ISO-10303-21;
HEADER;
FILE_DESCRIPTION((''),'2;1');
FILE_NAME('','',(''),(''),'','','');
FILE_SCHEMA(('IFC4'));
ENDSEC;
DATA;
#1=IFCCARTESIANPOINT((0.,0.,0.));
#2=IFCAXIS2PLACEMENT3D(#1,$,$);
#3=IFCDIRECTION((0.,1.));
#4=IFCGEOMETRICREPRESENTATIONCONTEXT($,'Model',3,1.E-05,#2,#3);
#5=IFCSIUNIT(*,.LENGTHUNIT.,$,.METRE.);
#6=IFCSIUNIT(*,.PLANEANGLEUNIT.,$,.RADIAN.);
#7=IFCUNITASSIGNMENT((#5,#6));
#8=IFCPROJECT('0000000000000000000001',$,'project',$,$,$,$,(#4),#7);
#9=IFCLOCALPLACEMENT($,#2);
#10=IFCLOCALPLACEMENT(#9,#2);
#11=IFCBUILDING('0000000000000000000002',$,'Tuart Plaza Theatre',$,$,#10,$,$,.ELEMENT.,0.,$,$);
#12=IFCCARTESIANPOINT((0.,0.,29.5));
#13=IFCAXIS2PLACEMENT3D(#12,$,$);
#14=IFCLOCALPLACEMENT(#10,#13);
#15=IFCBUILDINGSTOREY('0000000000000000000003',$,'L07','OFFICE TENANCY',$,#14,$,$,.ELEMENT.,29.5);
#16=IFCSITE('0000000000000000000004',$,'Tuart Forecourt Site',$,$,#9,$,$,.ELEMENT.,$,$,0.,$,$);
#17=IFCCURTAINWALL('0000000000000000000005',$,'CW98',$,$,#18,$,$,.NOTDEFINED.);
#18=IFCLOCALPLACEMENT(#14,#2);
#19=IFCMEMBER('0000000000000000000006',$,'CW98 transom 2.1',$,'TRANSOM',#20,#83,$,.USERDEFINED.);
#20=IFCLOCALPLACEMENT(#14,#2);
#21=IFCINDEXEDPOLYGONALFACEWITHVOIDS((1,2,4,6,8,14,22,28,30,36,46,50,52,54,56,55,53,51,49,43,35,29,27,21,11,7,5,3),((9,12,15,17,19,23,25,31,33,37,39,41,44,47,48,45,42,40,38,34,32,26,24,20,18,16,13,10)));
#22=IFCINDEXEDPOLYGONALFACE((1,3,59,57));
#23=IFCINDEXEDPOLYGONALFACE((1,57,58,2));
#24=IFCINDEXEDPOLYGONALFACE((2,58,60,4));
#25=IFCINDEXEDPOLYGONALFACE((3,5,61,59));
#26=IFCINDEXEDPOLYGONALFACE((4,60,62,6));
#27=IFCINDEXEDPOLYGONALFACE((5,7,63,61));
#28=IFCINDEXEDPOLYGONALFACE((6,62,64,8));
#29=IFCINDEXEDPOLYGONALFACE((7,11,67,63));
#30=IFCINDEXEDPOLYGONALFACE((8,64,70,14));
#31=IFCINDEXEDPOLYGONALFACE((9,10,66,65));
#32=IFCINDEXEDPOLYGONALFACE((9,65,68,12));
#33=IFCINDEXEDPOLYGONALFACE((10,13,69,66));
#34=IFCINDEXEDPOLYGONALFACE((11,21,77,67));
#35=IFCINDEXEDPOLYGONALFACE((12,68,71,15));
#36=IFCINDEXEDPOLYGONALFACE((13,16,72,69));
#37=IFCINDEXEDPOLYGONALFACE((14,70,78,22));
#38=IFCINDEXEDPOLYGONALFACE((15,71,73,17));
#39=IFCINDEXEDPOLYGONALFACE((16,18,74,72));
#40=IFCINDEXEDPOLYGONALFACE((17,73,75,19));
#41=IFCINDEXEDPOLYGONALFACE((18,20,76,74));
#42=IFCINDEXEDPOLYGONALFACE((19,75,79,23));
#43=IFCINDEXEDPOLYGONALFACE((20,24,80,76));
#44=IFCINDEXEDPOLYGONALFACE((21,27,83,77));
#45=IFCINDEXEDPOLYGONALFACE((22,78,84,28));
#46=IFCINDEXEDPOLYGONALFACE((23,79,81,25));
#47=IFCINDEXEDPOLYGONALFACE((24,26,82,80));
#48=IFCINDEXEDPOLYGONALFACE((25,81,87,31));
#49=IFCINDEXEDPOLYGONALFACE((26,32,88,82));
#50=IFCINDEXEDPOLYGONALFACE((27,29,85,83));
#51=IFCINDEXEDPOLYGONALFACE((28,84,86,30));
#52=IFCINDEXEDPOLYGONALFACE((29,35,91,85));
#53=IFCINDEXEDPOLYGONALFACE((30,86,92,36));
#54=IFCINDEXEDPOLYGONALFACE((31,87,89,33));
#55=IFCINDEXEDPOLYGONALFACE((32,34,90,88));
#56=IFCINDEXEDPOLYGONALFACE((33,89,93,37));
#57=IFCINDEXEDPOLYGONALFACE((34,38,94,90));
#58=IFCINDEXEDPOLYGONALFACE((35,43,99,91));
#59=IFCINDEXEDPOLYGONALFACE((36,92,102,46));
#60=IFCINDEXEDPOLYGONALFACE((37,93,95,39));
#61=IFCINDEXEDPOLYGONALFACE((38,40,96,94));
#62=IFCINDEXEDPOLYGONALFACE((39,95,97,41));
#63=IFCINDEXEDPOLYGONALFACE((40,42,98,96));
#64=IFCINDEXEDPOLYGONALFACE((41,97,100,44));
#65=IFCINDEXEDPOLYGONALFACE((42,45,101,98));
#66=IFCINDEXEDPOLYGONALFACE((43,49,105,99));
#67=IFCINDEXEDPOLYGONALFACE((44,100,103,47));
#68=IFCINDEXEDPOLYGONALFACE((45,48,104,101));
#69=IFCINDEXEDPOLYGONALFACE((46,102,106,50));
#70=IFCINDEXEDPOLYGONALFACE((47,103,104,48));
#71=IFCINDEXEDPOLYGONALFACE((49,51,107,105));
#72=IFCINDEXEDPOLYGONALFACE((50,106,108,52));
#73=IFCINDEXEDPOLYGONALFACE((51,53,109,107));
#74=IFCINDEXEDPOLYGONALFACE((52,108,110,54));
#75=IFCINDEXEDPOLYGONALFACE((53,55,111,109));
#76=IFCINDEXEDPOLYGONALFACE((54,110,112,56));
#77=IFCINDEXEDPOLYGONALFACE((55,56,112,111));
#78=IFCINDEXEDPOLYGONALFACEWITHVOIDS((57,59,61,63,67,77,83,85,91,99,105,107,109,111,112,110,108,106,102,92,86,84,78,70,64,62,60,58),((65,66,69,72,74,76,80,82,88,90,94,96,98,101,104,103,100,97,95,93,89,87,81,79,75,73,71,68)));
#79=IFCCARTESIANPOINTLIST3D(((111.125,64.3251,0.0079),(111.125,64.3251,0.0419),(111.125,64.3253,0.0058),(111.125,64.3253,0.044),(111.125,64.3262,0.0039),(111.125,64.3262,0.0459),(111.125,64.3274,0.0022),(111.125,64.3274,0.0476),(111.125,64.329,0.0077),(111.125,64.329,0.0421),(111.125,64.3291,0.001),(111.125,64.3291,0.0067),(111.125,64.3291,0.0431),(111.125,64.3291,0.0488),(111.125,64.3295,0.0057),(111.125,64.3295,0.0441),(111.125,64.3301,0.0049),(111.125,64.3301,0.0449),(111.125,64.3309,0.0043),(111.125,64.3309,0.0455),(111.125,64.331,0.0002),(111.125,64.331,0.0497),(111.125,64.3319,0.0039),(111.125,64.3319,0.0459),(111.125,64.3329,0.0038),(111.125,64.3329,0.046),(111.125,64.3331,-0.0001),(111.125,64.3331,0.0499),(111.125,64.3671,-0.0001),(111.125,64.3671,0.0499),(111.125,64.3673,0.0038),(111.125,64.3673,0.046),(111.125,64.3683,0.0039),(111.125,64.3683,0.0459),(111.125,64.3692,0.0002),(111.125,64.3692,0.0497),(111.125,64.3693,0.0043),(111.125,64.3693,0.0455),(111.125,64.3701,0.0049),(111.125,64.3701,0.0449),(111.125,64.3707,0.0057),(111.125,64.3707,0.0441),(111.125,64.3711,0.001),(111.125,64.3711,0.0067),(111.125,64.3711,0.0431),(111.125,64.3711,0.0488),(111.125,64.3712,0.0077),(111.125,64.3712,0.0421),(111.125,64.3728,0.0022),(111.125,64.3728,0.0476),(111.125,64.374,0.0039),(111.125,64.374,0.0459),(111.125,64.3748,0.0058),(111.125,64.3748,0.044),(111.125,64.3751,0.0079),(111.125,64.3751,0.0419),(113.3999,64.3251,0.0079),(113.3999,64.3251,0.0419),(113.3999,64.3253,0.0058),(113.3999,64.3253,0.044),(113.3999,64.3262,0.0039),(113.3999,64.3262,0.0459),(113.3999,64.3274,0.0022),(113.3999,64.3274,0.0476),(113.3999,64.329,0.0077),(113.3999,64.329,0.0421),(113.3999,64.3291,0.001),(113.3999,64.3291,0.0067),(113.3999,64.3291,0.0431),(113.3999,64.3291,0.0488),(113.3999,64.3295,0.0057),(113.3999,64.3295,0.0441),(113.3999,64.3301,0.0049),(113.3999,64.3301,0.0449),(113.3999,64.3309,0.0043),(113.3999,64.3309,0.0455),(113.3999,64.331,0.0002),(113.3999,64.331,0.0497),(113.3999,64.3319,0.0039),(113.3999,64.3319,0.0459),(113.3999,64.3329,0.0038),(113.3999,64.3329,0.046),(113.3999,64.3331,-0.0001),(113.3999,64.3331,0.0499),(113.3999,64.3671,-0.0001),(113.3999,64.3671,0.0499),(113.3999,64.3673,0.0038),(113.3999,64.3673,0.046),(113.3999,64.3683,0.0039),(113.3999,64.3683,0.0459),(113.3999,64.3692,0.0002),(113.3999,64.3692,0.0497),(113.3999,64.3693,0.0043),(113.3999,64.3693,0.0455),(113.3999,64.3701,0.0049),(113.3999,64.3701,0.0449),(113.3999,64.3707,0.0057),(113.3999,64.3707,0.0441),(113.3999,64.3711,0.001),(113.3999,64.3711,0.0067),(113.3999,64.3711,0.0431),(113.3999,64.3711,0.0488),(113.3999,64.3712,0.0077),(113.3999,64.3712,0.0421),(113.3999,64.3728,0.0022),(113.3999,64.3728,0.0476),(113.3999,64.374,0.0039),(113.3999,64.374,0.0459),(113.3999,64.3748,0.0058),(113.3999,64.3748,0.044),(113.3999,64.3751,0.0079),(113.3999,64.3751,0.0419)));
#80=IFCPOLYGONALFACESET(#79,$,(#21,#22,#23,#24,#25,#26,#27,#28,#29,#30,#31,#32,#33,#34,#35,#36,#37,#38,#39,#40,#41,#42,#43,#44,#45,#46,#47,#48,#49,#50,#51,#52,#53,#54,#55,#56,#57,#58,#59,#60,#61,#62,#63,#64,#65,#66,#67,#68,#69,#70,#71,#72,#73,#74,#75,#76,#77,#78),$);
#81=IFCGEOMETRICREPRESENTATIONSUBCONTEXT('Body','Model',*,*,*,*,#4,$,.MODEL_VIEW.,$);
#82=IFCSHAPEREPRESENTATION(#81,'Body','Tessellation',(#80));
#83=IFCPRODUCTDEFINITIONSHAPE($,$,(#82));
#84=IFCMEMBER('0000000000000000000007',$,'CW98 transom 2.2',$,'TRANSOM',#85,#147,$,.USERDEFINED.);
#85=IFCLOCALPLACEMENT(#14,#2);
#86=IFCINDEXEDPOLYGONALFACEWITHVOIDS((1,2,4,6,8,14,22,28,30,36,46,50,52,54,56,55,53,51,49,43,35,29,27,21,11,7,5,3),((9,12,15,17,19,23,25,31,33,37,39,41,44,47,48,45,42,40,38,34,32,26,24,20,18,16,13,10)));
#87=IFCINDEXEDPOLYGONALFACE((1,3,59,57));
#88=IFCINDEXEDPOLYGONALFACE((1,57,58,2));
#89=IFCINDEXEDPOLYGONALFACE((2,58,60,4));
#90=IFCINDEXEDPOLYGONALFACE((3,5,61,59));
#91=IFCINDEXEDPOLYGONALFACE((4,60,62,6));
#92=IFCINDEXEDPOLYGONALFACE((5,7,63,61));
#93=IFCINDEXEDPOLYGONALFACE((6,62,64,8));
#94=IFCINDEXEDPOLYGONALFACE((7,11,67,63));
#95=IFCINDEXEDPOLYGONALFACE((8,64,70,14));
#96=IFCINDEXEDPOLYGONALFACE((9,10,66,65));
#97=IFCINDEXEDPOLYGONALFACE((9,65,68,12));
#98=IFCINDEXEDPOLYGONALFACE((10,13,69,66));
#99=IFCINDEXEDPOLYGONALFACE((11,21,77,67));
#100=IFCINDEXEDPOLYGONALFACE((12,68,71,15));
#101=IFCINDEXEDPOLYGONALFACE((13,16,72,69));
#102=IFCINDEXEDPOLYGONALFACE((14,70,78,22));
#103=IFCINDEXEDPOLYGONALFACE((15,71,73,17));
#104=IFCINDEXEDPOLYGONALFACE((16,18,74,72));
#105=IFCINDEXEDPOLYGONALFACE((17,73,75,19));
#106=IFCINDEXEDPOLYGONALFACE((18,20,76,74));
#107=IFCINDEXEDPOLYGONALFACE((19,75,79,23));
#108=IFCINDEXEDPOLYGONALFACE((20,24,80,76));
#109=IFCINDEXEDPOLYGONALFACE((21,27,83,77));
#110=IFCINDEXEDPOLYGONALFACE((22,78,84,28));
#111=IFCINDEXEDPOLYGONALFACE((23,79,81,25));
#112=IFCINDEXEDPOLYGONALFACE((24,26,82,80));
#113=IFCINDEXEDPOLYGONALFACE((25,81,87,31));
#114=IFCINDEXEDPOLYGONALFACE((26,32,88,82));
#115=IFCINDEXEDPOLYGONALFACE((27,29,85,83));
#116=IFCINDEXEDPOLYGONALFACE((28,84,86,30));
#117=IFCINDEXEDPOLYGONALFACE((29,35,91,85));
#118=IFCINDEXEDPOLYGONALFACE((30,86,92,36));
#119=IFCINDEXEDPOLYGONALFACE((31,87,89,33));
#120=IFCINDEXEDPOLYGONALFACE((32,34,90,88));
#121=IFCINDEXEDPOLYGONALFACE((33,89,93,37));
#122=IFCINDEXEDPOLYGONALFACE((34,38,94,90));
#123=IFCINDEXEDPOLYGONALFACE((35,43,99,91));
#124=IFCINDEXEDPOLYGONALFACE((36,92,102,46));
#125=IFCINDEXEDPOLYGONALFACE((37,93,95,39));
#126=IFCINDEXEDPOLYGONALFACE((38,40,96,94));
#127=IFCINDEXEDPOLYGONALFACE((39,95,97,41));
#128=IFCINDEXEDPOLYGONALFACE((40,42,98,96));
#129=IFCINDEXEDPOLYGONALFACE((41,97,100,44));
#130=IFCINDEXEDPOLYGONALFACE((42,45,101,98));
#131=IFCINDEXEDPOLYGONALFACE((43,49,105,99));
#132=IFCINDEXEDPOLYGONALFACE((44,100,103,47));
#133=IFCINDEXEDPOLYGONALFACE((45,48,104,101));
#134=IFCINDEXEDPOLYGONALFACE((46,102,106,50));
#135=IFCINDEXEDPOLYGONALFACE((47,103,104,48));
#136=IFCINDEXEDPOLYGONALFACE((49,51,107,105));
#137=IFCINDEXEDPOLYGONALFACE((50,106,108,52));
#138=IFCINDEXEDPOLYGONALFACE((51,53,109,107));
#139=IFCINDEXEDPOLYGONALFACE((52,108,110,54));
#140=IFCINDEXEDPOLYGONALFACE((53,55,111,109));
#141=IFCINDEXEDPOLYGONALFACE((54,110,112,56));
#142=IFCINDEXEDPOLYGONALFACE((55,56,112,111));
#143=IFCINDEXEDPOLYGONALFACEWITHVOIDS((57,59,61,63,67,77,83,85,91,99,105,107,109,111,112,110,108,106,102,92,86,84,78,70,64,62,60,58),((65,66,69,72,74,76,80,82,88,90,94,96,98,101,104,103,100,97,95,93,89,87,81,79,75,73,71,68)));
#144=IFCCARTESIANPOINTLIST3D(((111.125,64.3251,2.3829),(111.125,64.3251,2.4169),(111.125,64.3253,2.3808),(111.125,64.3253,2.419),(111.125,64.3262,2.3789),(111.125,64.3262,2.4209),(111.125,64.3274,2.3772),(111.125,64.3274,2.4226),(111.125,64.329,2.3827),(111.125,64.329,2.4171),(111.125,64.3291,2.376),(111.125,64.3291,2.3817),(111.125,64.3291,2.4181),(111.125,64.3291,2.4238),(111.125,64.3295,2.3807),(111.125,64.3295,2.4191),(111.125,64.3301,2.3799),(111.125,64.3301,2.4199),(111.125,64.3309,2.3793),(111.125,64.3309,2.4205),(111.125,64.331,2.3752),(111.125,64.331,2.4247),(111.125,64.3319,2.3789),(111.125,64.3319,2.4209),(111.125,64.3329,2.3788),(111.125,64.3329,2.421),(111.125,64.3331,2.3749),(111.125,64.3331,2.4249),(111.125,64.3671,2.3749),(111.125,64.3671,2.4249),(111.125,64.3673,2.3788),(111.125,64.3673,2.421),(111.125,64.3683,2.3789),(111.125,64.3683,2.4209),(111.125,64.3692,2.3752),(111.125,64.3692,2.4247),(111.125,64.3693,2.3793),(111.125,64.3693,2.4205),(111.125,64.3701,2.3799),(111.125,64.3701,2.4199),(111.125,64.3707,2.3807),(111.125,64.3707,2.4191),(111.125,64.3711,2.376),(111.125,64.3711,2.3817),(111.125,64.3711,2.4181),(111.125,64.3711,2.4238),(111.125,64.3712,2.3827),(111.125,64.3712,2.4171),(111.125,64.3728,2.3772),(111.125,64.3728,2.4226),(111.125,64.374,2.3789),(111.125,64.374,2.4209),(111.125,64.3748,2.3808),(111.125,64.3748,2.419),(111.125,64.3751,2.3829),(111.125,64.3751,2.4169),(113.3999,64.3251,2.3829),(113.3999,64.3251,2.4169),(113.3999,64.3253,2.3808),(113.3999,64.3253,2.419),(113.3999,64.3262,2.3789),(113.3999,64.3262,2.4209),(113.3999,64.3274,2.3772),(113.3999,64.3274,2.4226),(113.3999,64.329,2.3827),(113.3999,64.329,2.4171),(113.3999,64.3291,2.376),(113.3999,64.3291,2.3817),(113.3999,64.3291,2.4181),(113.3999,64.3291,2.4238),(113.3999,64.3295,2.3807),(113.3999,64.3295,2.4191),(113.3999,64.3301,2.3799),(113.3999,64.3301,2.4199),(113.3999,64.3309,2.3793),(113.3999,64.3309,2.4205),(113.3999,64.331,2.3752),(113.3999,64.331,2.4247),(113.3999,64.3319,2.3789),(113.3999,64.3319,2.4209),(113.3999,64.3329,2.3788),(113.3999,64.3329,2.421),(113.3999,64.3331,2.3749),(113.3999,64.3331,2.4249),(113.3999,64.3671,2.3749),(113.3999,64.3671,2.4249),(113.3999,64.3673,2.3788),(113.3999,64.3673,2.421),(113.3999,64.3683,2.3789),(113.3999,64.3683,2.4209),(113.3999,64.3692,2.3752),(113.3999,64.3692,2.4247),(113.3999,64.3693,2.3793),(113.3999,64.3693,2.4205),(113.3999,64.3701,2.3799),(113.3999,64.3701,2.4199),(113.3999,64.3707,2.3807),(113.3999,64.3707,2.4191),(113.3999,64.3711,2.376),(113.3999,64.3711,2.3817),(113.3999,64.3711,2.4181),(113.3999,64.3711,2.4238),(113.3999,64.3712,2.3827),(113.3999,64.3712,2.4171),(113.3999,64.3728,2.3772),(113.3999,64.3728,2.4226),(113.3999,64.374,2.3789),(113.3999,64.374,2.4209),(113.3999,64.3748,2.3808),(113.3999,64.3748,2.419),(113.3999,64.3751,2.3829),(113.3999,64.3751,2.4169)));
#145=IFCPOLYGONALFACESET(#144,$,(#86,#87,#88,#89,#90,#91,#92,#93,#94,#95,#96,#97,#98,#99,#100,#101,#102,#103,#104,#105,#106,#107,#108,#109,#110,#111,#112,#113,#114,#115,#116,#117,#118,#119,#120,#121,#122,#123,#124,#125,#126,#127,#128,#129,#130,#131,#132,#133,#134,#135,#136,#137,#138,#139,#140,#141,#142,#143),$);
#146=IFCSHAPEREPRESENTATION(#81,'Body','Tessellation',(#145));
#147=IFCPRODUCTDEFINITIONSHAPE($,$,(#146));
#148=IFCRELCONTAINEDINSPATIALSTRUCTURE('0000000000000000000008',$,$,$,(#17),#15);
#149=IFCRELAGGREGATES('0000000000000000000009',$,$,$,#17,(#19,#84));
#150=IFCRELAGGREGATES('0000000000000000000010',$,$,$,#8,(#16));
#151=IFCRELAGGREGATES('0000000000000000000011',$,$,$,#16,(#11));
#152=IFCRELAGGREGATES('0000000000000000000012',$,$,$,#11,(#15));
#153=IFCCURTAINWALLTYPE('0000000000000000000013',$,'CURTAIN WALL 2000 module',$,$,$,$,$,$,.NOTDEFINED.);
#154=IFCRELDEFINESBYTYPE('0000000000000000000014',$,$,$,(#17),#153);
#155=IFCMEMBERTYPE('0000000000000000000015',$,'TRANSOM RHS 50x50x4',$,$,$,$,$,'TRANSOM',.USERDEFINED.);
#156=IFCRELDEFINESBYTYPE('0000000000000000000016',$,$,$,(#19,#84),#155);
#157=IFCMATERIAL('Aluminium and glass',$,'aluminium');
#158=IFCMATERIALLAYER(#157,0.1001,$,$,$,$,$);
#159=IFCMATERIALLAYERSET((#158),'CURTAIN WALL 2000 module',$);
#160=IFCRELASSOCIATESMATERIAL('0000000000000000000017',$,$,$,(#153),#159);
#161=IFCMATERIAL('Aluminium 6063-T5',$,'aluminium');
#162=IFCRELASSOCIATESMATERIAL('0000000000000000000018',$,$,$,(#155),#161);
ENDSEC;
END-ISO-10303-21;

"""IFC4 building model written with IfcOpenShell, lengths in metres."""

from ifc_helpers import new_model, si_unit, direction, frame, origin, origin_2d, place, context, subcontext, project, spatial, hollow_rectangle, extrude, material, layer, layer_set, material_profile, profile_set, type_object, element, aggregate, save


model = new_model("IFC4")

# Units and contexts
model_context = context("Model", 3, precision=1e-05, world=origin(), true_north=direction((0.0, 1.0)))
body_context = subcontext(model_context, "Body", "Model", "MODEL_VIEW")
ifc_project = project(units=[si_unit("LENGTHUNIT", "METRE"), si_unit("PLANEANGLEUNIT", "RADIAN")], contexts=[model_context])

# Site, building, storey
site_placement = place(None, origin())
site = spatial("IfcSite", under=ifc_project, at=site_placement, Name="Tuart Forecourt Site", CompositionType="ELEMENT", RefElevation=0.0)
building_placement = place(site_placement, origin())
building = spatial("IfcBuilding", under=site, at=building_placement, Name="Tuart Plaza Theatre", CompositionType="ELEMENT", ElevationOfRefHeight=0.0)
storey_placement = place(building_placement, frame((0.0, 0.0, 29.5)))
storey = spatial("IfcBuildingStorey", under=building, at=storey_placement, Name="L07", Description="OFFICE TENANCY", CompositionType="ELEMENT", Elevation=29.5)

# Curtain wall
ifc_material_1 = material(Name="Aluminium and glass", Category="aluminium")
ifc_layer_1 = layer(ifc_material_1, 0.1001)
ifc_layer_set_1 = layer_set([ifc_layer_1], Name="CURTAIN WALL 2000 module")
curtain_wall_type = type_object("IfcCurtainWallType", Name="CURTAIN WALL 2000 module", PredefinedType="NOTDEFINED", material=ifc_layer_set_1)
curtain_wall_1_placement = place(storey_placement, origin())
curtain_wall_1 = element("IfcCurtainWall", 1, at=curtain_wall_1_placement, inside=storey, type_object=curtain_wall_type, Name="CW98", PredefinedType="NOTDEFINED")

# Members
ifc_material_2 = material(Name="Aluminium 6063-T5", Category="aluminium")
ifc_material_profile_1 = material_profile(ifc_material_2, hollow_rectangle(XDim=0.05, YDim=0.05, WallThickness=0.0039, InnerFilletRadius=0.0039, OuterFilletRadius=0.0081, at=origin_2d()), Name="RHS 50x50x4")
ifc_profile_set_1 = profile_set([ifc_material_profile_1], Name="Aluminium 6063-T5")
member_type_1 = type_object("IfcMemberType", Name="TRANSOM RHS 50x50x4", ElementType="TRANSOM", PredefinedType="USERDEFINED", material=ifc_profile_set_1)
member_1_placement = place(storey_placement, frame((111.125, 64.3501, 0.0249), z_axis=(1.0, 0.0, 0.0), x_axis=(0.0, 1.0, 0.0)))
member_1 = element("IfcMember", 2, at=member_1_placement, type_object=member_type_1, Name="CW98 transom 2.1", ObjectType="TRANSOM", PredefinedType="USERDEFINED", context=body_context, shape_type="SweptSolid", body=[
    extrude(hollow_rectangle(XDim=0.05, YDim=0.05, WallThickness=0.0039, InnerFilletRadius=0.0039, OuterFilletRadius=0.0081, at=origin_2d()), origin(), (0.0, 0.0, 1.0), 2.2749),
])
member_2_placement = place(storey_placement, frame((111.125, 64.3501, 2.3999), z_axis=(1.0, 0.0, 0.0), x_axis=(0.0, 1.0, 0.0)))
member_2 = element("IfcMember", 3, at=member_2_placement, type_object=member_type_1, Name="CW98 transom 2.2", ObjectType="TRANSOM", PredefinedType="USERDEFINED", context=body_context, shape_type="SweptSolid", body=[
    extrude(hollow_rectangle(XDim=0.05, YDim=0.05, WallThickness=0.0039, InnerFilletRadius=0.0039, OuterFilletRadius=0.0081, at=origin_2d()), origin(), (0.0, 0.0, 1.0), 2.2749),
])

aggregate(curtain_wall_1, [member_1, member_2])

save(model, "model.ifc")
